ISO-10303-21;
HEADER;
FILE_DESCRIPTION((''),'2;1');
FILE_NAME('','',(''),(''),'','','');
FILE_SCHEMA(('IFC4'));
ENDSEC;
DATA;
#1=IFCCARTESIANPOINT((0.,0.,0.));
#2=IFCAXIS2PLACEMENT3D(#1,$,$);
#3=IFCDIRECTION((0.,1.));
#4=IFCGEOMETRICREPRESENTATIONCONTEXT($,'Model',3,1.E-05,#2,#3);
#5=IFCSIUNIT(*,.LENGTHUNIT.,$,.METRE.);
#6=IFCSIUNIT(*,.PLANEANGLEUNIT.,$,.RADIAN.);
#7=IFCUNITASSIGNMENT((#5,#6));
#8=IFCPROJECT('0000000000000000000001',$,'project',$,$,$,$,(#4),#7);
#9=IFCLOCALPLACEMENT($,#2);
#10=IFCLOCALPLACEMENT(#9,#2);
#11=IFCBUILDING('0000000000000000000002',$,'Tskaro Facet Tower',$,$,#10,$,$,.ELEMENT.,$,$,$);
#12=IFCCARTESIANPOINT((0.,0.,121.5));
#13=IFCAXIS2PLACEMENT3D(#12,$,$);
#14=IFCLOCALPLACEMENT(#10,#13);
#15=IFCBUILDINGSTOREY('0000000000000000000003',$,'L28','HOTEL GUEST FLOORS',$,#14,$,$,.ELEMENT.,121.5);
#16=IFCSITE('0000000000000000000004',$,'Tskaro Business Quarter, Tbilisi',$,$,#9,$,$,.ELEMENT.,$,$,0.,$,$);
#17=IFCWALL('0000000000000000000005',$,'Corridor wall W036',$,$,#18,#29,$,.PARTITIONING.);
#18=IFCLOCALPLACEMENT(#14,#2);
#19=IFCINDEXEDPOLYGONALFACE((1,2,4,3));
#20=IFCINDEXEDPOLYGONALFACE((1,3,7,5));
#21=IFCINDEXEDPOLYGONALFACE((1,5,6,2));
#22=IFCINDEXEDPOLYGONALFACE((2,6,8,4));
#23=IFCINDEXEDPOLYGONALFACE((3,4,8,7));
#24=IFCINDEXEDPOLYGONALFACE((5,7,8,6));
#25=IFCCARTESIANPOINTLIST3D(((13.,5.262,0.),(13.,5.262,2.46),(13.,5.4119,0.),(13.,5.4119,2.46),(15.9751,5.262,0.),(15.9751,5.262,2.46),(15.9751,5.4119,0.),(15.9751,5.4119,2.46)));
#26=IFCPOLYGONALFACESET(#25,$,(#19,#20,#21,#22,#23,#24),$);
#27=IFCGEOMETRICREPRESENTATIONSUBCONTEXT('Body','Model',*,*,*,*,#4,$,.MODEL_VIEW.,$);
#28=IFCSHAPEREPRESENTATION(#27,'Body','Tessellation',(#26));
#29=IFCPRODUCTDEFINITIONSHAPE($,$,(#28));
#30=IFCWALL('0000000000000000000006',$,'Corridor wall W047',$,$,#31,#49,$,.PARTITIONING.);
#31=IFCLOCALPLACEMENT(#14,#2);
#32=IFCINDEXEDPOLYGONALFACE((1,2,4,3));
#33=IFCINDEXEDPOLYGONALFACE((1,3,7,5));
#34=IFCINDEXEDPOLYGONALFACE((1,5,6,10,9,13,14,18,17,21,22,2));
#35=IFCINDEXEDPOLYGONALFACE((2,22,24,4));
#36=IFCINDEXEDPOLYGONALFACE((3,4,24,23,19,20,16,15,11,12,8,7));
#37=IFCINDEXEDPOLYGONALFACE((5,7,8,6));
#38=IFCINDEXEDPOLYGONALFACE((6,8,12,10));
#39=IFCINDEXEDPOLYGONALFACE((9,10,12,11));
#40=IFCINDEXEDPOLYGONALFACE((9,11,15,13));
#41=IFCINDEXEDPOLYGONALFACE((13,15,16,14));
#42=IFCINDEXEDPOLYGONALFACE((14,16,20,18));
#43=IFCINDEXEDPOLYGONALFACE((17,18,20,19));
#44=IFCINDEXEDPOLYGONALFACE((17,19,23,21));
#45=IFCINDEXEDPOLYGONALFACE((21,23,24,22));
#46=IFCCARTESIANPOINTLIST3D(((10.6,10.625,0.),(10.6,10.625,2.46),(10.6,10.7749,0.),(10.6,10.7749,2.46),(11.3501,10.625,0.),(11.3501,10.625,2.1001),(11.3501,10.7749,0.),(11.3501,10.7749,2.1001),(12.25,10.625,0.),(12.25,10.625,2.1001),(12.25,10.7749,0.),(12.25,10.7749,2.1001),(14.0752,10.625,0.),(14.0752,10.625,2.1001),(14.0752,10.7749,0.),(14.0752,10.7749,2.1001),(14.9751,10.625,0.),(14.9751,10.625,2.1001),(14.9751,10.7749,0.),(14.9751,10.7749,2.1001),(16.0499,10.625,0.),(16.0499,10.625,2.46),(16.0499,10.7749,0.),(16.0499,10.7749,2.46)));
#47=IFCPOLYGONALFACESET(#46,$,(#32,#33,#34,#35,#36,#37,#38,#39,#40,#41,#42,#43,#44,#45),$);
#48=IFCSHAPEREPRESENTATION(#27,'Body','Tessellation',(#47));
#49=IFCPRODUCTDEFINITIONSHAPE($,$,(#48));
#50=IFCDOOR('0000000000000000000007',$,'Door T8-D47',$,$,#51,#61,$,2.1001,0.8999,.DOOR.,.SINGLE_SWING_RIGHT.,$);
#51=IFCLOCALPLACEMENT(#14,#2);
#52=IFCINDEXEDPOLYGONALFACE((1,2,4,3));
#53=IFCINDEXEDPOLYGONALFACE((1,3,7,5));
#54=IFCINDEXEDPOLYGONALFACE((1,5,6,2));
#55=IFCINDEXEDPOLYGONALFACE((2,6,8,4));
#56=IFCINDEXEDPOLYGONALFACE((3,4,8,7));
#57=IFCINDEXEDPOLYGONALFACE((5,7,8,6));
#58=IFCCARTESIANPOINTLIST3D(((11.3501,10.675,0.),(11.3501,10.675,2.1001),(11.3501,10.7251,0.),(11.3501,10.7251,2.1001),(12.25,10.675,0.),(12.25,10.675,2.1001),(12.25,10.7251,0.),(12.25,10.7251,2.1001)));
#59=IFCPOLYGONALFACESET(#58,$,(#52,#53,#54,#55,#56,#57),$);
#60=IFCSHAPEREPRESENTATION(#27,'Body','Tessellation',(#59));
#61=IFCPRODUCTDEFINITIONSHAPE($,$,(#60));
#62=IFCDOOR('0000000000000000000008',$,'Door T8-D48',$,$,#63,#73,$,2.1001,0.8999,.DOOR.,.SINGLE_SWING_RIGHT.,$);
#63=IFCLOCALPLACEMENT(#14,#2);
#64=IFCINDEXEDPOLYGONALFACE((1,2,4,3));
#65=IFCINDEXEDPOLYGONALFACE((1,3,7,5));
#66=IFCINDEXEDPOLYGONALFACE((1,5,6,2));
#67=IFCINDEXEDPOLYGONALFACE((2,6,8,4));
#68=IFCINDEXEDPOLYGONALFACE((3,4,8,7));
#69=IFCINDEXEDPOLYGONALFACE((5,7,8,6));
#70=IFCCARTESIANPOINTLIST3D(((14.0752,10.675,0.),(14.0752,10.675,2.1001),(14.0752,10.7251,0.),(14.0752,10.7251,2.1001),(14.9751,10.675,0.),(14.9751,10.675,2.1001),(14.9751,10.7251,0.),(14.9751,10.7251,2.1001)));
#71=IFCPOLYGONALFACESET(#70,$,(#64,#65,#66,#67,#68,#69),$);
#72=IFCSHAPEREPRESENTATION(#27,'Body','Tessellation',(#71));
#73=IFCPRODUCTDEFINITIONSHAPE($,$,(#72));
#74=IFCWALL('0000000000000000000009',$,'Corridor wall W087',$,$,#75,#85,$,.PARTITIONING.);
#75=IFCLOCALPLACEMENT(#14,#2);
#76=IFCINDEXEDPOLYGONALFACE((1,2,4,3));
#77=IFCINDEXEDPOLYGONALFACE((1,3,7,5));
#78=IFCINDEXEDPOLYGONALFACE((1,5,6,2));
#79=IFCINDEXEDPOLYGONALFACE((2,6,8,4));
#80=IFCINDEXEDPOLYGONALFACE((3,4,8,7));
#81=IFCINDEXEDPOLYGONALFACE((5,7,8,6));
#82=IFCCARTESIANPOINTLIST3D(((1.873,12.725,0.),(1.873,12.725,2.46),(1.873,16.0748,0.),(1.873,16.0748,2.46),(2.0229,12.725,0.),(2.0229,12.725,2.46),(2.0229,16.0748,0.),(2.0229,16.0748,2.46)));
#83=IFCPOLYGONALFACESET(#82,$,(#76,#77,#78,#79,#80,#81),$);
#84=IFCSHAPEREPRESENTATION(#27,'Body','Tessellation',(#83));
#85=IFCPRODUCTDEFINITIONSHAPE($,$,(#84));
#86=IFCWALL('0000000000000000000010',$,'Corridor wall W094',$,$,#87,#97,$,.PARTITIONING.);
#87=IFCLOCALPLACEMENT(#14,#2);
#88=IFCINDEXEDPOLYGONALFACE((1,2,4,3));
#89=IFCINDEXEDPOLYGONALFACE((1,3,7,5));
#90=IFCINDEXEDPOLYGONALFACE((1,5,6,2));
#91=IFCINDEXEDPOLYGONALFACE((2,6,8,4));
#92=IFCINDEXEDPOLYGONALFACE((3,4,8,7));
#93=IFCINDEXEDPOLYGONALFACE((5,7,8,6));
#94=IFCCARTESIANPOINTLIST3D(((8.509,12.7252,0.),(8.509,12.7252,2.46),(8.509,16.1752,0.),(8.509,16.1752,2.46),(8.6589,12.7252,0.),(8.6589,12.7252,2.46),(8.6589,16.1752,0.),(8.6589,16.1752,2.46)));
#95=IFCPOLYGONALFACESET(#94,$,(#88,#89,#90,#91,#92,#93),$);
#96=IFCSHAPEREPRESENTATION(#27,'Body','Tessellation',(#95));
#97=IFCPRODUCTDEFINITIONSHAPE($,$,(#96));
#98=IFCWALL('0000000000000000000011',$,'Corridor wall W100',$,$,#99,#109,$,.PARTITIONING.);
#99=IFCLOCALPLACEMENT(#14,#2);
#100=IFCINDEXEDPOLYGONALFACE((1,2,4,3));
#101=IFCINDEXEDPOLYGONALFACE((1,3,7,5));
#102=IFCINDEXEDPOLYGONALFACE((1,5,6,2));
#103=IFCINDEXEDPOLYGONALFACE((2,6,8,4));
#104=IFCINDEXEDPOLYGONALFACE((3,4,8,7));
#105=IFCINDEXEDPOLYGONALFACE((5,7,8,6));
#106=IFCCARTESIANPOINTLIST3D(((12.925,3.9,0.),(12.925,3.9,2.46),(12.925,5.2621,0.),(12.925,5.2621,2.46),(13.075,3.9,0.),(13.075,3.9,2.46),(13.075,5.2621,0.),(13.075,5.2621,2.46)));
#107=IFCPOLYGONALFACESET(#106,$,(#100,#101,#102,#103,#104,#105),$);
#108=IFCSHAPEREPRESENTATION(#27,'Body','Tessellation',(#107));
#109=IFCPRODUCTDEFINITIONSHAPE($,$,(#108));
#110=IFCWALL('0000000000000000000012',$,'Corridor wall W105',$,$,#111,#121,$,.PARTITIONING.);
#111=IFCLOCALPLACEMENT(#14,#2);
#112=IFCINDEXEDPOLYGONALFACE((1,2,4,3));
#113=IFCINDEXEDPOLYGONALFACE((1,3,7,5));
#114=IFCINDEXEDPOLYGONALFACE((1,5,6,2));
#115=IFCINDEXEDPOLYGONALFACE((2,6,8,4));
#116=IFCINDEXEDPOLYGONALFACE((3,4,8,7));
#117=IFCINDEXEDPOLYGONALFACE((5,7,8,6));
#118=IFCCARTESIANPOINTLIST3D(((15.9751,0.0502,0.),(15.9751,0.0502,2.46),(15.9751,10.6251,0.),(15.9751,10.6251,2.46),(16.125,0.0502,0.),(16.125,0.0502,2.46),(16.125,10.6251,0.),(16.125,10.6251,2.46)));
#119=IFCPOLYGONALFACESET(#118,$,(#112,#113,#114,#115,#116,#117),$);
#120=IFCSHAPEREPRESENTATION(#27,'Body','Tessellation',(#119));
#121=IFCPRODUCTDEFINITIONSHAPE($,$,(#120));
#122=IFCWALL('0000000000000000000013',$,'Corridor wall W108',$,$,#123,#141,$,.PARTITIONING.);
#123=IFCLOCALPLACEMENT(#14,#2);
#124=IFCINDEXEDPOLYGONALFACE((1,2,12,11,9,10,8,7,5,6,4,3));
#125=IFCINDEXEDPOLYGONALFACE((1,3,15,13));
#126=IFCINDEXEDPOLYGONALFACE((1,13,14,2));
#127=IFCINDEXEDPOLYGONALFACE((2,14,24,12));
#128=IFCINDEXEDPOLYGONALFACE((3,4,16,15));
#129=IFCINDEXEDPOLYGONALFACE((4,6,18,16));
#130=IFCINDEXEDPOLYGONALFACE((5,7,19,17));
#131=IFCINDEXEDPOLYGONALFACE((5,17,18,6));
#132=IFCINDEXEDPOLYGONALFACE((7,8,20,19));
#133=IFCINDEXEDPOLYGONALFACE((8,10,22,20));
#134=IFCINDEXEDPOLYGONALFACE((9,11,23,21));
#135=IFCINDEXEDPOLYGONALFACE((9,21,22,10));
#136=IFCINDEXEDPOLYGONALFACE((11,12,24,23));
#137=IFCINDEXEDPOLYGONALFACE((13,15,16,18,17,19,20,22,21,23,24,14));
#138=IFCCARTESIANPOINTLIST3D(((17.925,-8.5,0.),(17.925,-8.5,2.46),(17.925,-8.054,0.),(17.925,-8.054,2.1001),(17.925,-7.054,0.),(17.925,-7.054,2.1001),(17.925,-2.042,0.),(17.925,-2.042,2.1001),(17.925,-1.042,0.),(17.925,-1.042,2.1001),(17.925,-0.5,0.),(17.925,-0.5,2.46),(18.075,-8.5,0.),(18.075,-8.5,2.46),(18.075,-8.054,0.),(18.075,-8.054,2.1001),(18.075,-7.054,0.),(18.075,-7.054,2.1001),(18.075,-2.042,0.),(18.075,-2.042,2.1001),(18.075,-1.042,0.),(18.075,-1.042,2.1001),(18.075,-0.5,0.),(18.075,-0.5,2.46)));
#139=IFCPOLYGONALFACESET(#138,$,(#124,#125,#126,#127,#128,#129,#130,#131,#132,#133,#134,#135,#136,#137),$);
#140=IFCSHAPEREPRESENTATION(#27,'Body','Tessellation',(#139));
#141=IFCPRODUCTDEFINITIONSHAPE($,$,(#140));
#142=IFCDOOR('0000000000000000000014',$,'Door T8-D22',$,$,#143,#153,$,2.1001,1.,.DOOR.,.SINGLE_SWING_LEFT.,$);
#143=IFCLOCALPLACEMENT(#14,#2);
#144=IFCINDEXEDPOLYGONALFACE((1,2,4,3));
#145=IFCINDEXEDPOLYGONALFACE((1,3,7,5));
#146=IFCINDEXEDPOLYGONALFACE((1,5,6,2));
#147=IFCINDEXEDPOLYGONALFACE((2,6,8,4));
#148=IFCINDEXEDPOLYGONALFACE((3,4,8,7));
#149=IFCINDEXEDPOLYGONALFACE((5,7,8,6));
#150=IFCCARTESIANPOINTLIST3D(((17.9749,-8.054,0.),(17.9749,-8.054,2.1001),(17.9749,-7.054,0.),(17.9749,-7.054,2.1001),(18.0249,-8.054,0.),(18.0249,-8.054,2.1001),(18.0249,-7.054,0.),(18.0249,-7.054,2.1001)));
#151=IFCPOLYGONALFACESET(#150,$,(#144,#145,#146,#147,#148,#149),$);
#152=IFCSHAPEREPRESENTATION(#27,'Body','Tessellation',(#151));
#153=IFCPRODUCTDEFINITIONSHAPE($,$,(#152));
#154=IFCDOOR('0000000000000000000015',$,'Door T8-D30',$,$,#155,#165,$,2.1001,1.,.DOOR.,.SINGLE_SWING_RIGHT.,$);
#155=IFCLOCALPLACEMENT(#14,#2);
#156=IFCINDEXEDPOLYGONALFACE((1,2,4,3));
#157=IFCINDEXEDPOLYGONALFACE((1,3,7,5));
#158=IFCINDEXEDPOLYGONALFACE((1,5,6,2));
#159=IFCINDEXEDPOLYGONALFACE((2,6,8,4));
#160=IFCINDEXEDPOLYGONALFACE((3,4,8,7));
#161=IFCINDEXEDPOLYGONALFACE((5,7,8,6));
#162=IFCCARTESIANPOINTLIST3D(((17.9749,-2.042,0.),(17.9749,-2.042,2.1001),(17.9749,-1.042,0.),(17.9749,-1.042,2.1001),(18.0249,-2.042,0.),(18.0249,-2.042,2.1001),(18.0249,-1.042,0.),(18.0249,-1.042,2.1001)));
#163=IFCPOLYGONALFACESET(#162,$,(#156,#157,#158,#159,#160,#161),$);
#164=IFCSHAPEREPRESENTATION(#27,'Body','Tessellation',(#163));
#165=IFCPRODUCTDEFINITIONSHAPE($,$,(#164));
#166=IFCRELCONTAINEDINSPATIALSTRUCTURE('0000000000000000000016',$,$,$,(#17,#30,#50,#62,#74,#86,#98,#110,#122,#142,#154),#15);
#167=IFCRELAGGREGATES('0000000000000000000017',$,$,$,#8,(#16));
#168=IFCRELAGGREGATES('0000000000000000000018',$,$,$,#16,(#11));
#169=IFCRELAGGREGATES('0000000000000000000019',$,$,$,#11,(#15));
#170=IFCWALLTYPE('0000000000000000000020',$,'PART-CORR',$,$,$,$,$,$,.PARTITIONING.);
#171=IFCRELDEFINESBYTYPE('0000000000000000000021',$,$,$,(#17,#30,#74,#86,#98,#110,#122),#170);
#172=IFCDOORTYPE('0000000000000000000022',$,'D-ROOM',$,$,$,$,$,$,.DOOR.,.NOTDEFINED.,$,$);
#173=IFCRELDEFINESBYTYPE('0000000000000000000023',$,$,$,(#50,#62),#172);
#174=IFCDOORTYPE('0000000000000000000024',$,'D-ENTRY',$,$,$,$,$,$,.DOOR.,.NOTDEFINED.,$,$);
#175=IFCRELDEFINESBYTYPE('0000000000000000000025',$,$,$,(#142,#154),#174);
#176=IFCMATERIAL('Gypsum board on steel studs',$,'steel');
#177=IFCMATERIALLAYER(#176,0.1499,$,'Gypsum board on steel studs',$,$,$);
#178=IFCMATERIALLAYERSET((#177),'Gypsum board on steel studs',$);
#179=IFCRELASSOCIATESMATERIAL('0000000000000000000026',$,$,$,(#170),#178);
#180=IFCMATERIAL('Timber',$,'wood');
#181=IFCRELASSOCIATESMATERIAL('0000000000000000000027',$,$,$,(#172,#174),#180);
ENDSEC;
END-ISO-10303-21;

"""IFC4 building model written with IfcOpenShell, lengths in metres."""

from ifc_helpers import new_model, si_unit, direction, frame, frame_2d, origin, place, context, subcontext, project, spatial, rectangle, extrude, material, layer, layer_set, type_object, element, fill, save


model = new_model("IFC4")

# Units and contexts
model_context = context("Model", 3, precision=1e-05, world=origin(), true_north=direction((0.0, 1.0)))
body_context = subcontext(model_context, "Body", "Model", "MODEL_VIEW")
ifc_project = project(units=[si_unit("LENGTHUNIT", "METRE"), si_unit("PLANEANGLEUNIT", "RADIAN")], contexts=[model_context])

# Site, building, storey
site_placement = place(None, origin())
site = spatial("IfcSite", under=ifc_project, at=site_placement, Name="Tskaro Business Quarter, Tbilisi", CompositionType="ELEMENT", RefElevation=0.0)
building_placement = place(site_placement, origin())
building = spatial("IfcBuilding", under=site, at=building_placement, Name="Tskaro Facet Tower", CompositionType="ELEMENT")
storey_placement = place(building_placement, frame((0.0, 0.0, 121.5)))
storey = spatial("IfcBuildingStorey", under=building, at=storey_placement, Name="L28", Description="HOTEL GUEST FLOORS", CompositionType="ELEMENT", Elevation=121.5)

# Shared definitions
ifc_material_1 = material(Name="Gypsum board on steel studs", Category="steel")

# Shared definitions
ifc_layer_1 = layer(ifc_material_1, 0.1499, Name="Gypsum board on steel studs")
ifc_layer_set_1 = layer_set([ifc_layer_1], Name="Gypsum board on steel studs")
wall_type_1 = type_object("IfcWallType", Name="PART-CORR", PredefinedType="PARTITIONING", material=ifc_layer_set_1)
ifc_material_2 = material(Name="Timber", Category="wood")
door_type_1 = type_object("IfcDoorType", Name="D-ROOM", OperationType="NOTDEFINED", PredefinedType="DOOR", material=ifc_material_2)

# Wall
wall_1_placement = place(storey_placement, frame((13.0, 5.3369, 0.0), z_axis=(0.0, 0.0, 1.0), x_axis=(1.0, 0.0, 0.0)))
element("IfcWall", 1, at=wall_1_placement, inside=storey, type_object=wall_type_1, Name="Corridor wall W036", PredefinedType="PARTITIONING", context=body_context, shape_type="SweptSolid", body=[
    extrude(rectangle(XDim=2.9751, YDim=0.1499, at=frame_2d((1.4875, 0.0))), origin(), (0.0, 0.0, 1.0), 2.46),
])

# Wall, openings, doors
wall_2_placement = place(storey_placement, frame((16.05, 10.7, 0.0), z_axis=(0.0, 0.0, 1.0), x_axis=(-1.0, 0.0, 0.0)))
wall_2 = element("IfcWall", 2, at=wall_2_placement, inside=storey, type_object=wall_type_1, Name="Corridor wall W047", PredefinedType="PARTITIONING", context=body_context, shape_type="SweptSolid", body=[
    extrude(rectangle(XDim=5.45, YDim=0.1499, at=frame_2d((2.7251, 0.0))), origin(), (0.0, 0.0, 1.0), 2.46),
])
opening_1_placement = place(wall_2_placement, frame((3.8, 0.0, 0.0)))
opening_1 = element("IfcOpeningElement", 3, at=opening_1_placement, cuts=wall_2, PredefinedType="OPENING", context=body_context, shape_type="SweptSolid", body=[
    extrude(rectangle(XDim=0.8999, YDim=2.1001, at=frame_2d((0.45, 1.05))), frame((0.0, 0.085, 0.0), z_axis=(0.0, -1.0, 0.0), x_axis=(1.0, 0.0, 0.0)), (0.0, 0.0, 1.0), 0.1699),
])
opening_2_placement = place(wall_2_placement, frame((1.075, 0.0, 0.0)))
opening_2 = element("IfcOpeningElement", 4, at=opening_2_placement, cuts=wall_2, PredefinedType="OPENING", context=body_context, shape_type="SweptSolid", body=[
    extrude(rectangle(XDim=0.8999, YDim=2.1001, at=frame_2d((0.45, 1.05))), frame((0.0, 0.085, 0.0), z_axis=(0.0, -1.0, 0.0), x_axis=(1.0, 0.0, 0.0)), (0.0, 0.0, 1.0), 0.1699),
])
door_1_placement = place(opening_1_placement, origin())
door_1 = element("IfcDoor", 5, at=door_1_placement, inside=storey, type_object=door_type_1, Name="Door T8-D47", OperationType="SINGLE_SWING_RIGHT", OverallHeight=2.1001, OverallWidth=0.8999, PredefinedType="DOOR", context=body_context, shape_type="SweptSolid", body=[
    extrude(rectangle(XDim=0.8999, YDim=2.1001, at=frame_2d((0.45, 1.05))), frame((0.0, 0.0249, 0.0), z_axis=(0.0, -1.0, 0.0), x_axis=(1.0, 0.0, 0.0)), (0.0, 0.0, 1.0), 0.05),
])
fill(opening_1, door_1)
door_2_placement = place(opening_2_placement, origin())
door_2 = element("IfcDoor", 6, at=door_2_placement, inside=storey, type_object=door_type_1, Name="Door T8-D48", OperationType="SINGLE_SWING_RIGHT", OverallHeight=2.1001, OverallWidth=0.8999, PredefinedType="DOOR", context=body_context, shape_type="SweptSolid", body=[
    extrude(rectangle(XDim=0.8999, YDim=2.1001, at=frame_2d((0.45, 1.05))), frame((0.0, 0.0249, 0.0), z_axis=(0.0, -1.0, 0.0), x_axis=(1.0, 0.0, 0.0)), (0.0, 0.0, 1.0), 0.05),
])
fill(opening_2, door_2)

# Walls
wall_3_placement = place(storey_placement, frame((1.948, 12.7251, 0.0), z_axis=(0.0, 0.0, 1.0), x_axis=(0.0, 1.0, 0.0)))
element("IfcWall", 7, at=wall_3_placement, inside=storey, type_object=wall_type_1, Name="Corridor wall W087", PredefinedType="PARTITIONING", context=body_context, shape_type="SweptSolid", body=[
    extrude(rectangle(XDim=3.3499, YDim=0.1499, at=frame_2d((1.6748, 0.0))), origin(), (0.0, 0.0, 1.0), 2.46),
])
wall_4_placement = place(storey_placement, frame((8.584, 12.7251, 0.0), z_axis=(0.0, 0.0, 1.0), x_axis=(0.0, 1.0, 0.0)))
element("IfcWall", 8, at=wall_4_placement, inside=storey, type_object=wall_type_1, Name="Corridor wall W094", PredefinedType="PARTITIONING", context=body_context, shape_type="SweptSolid", body=[
    extrude(rectangle(XDim=3.45, YDim=0.1499, at=frame_2d((1.7251, 0.0))), origin(), (0.0, 0.0, 1.0), 2.46),
])
wall_5_placement = place(storey_placement, frame((13.0, 3.8999, 0.0), z_axis=(0.0, 0.0, 1.0), x_axis=(0.0, 1.0, 0.0)))
element("IfcWall", 9, at=wall_5_placement, inside=storey, type_object=wall_type_1, Name="Corridor wall W100", PredefinedType="PARTITIONING", context=body_context, shape_type="SweptSolid", body=[
    extrude(rectangle(XDim=1.3621, YDim=0.1499, at=frame_2d((0.6812, 0.0))), origin(), (0.0, 0.0, 1.0), 2.46),
])
wall_6_placement = place(storey_placement, frame((16.05, 0.05, 0.0), z_axis=(0.0, 0.0, 1.0), x_axis=(0.0, 1.0, 0.0)))
element("IfcWall", 10, at=wall_6_placement, inside=storey, type_object=wall_type_1, Name="Corridor wall W105", PredefinedType="PARTITIONING", context=body_context, shape_type="SweptSolid", body=[
    extrude(rectangle(XDim=10.575, YDim=0.1499, at=frame_2d((5.2876, 0.0))), origin(), (0.0, 0.0, 1.0), 2.46),
])

# Wall, openings, doors
wall_7_placement = place(storey_placement, frame((18.0, -0.5, 0.0), z_axis=(0.0, 0.0, 1.0), x_axis=(0.0, -1.0, 0.0)))
wall_7 = element("IfcWall", 11, at=wall_7_placement, inside=storey, type_object=wall_type_1, Name="Corridor wall W108", PredefinedType="PARTITIONING", context=body_context, shape_type="SweptSolid", body=[
    extrude(rectangle(XDim=8.0, YDim=0.1499, at=frame_2d((4.0, 0.0))), origin(), (0.0, 0.0, 1.0), 2.46),
])
opening_3_placement = place(wall_7_placement, frame((6.554, 0.0, 0.0)))
opening_3 = element("IfcOpeningElement", 12, at=opening_3_placement, cuts=wall_7, PredefinedType="OPENING", context=body_context, shape_type="SweptSolid", body=[
    extrude(rectangle(XDim=1.0, YDim=2.1001, at=frame_2d((0.5, 1.05))), frame((0.0, 0.085, 0.0), z_axis=(0.0, -1.0, 0.0), x_axis=(1.0, 0.0, 0.0)), (0.0, 0.0, 1.0), 0.1699),
])
opening_4_placement = place(wall_7_placement, frame((0.542, 0.0, 0.0)))
opening_4 = element("IfcOpeningElement", 13, at=opening_4_placement, cuts=wall_7, PredefinedType="OPENING", context=body_context, shape_type="SweptSolid", body=[
    extrude(rectangle(XDim=1.0, YDim=2.1001, at=frame_2d((0.5, 1.05))), frame((0.0, 0.085, 0.0), z_axis=(0.0, -1.0, 0.0), x_axis=(1.0, 0.0, 0.0)), (0.0, 0.0, 1.0), 0.1699),
])
door_type_2 = type_object("IfcDoorType", Name="D-ENTRY", OperationType="NOTDEFINED", PredefinedType="DOOR", material=ifc_material_2)
door_3_placement = place(opening_3_placement, origin())
door_3 = element("IfcDoor", 14, at=door_3_placement, inside=storey, type_object=door_type_2, Name="Door T8-D22", OperationType="SINGLE_SWING_LEFT", OverallHeight=2.1001, OverallWidth=1.0, PredefinedType="DOOR", context=body_context, shape_type="SweptSolid", body=[
    extrude(rectangle(XDim=1.0, YDim=2.1001, at=frame_2d((0.5, 1.05))), frame((0.0, 0.0249, 0.0), z_axis=(0.0, -1.0, 0.0), x_axis=(1.0, 0.0, 0.0)), (0.0, 0.0, 1.0), 0.05),
])
fill(opening_3, door_3)
door_4_placement = place(opening_4_placement, origin())
door_4 = element("IfcDoor", 15, at=door_4_placement, inside=storey, type_object=door_type_2, Name="Door T8-D30", OperationType="SINGLE_SWING_RIGHT", OverallHeight=2.1001, OverallWidth=1.0, PredefinedType="DOOR", context=body_context, shape_type="SweptSolid", body=[
    extrude(rectangle(XDim=1.0, YDim=2.1001, at=frame_2d((0.5, 1.05))), frame((0.0, 0.0249, 0.0), z_axis=(0.0, -1.0, 0.0), x_axis=(1.0, 0.0, 0.0)), (0.0, 0.0, 1.0), 0.05),
])
fill(opening_4, door_4)

save(model, "model.ifc")
